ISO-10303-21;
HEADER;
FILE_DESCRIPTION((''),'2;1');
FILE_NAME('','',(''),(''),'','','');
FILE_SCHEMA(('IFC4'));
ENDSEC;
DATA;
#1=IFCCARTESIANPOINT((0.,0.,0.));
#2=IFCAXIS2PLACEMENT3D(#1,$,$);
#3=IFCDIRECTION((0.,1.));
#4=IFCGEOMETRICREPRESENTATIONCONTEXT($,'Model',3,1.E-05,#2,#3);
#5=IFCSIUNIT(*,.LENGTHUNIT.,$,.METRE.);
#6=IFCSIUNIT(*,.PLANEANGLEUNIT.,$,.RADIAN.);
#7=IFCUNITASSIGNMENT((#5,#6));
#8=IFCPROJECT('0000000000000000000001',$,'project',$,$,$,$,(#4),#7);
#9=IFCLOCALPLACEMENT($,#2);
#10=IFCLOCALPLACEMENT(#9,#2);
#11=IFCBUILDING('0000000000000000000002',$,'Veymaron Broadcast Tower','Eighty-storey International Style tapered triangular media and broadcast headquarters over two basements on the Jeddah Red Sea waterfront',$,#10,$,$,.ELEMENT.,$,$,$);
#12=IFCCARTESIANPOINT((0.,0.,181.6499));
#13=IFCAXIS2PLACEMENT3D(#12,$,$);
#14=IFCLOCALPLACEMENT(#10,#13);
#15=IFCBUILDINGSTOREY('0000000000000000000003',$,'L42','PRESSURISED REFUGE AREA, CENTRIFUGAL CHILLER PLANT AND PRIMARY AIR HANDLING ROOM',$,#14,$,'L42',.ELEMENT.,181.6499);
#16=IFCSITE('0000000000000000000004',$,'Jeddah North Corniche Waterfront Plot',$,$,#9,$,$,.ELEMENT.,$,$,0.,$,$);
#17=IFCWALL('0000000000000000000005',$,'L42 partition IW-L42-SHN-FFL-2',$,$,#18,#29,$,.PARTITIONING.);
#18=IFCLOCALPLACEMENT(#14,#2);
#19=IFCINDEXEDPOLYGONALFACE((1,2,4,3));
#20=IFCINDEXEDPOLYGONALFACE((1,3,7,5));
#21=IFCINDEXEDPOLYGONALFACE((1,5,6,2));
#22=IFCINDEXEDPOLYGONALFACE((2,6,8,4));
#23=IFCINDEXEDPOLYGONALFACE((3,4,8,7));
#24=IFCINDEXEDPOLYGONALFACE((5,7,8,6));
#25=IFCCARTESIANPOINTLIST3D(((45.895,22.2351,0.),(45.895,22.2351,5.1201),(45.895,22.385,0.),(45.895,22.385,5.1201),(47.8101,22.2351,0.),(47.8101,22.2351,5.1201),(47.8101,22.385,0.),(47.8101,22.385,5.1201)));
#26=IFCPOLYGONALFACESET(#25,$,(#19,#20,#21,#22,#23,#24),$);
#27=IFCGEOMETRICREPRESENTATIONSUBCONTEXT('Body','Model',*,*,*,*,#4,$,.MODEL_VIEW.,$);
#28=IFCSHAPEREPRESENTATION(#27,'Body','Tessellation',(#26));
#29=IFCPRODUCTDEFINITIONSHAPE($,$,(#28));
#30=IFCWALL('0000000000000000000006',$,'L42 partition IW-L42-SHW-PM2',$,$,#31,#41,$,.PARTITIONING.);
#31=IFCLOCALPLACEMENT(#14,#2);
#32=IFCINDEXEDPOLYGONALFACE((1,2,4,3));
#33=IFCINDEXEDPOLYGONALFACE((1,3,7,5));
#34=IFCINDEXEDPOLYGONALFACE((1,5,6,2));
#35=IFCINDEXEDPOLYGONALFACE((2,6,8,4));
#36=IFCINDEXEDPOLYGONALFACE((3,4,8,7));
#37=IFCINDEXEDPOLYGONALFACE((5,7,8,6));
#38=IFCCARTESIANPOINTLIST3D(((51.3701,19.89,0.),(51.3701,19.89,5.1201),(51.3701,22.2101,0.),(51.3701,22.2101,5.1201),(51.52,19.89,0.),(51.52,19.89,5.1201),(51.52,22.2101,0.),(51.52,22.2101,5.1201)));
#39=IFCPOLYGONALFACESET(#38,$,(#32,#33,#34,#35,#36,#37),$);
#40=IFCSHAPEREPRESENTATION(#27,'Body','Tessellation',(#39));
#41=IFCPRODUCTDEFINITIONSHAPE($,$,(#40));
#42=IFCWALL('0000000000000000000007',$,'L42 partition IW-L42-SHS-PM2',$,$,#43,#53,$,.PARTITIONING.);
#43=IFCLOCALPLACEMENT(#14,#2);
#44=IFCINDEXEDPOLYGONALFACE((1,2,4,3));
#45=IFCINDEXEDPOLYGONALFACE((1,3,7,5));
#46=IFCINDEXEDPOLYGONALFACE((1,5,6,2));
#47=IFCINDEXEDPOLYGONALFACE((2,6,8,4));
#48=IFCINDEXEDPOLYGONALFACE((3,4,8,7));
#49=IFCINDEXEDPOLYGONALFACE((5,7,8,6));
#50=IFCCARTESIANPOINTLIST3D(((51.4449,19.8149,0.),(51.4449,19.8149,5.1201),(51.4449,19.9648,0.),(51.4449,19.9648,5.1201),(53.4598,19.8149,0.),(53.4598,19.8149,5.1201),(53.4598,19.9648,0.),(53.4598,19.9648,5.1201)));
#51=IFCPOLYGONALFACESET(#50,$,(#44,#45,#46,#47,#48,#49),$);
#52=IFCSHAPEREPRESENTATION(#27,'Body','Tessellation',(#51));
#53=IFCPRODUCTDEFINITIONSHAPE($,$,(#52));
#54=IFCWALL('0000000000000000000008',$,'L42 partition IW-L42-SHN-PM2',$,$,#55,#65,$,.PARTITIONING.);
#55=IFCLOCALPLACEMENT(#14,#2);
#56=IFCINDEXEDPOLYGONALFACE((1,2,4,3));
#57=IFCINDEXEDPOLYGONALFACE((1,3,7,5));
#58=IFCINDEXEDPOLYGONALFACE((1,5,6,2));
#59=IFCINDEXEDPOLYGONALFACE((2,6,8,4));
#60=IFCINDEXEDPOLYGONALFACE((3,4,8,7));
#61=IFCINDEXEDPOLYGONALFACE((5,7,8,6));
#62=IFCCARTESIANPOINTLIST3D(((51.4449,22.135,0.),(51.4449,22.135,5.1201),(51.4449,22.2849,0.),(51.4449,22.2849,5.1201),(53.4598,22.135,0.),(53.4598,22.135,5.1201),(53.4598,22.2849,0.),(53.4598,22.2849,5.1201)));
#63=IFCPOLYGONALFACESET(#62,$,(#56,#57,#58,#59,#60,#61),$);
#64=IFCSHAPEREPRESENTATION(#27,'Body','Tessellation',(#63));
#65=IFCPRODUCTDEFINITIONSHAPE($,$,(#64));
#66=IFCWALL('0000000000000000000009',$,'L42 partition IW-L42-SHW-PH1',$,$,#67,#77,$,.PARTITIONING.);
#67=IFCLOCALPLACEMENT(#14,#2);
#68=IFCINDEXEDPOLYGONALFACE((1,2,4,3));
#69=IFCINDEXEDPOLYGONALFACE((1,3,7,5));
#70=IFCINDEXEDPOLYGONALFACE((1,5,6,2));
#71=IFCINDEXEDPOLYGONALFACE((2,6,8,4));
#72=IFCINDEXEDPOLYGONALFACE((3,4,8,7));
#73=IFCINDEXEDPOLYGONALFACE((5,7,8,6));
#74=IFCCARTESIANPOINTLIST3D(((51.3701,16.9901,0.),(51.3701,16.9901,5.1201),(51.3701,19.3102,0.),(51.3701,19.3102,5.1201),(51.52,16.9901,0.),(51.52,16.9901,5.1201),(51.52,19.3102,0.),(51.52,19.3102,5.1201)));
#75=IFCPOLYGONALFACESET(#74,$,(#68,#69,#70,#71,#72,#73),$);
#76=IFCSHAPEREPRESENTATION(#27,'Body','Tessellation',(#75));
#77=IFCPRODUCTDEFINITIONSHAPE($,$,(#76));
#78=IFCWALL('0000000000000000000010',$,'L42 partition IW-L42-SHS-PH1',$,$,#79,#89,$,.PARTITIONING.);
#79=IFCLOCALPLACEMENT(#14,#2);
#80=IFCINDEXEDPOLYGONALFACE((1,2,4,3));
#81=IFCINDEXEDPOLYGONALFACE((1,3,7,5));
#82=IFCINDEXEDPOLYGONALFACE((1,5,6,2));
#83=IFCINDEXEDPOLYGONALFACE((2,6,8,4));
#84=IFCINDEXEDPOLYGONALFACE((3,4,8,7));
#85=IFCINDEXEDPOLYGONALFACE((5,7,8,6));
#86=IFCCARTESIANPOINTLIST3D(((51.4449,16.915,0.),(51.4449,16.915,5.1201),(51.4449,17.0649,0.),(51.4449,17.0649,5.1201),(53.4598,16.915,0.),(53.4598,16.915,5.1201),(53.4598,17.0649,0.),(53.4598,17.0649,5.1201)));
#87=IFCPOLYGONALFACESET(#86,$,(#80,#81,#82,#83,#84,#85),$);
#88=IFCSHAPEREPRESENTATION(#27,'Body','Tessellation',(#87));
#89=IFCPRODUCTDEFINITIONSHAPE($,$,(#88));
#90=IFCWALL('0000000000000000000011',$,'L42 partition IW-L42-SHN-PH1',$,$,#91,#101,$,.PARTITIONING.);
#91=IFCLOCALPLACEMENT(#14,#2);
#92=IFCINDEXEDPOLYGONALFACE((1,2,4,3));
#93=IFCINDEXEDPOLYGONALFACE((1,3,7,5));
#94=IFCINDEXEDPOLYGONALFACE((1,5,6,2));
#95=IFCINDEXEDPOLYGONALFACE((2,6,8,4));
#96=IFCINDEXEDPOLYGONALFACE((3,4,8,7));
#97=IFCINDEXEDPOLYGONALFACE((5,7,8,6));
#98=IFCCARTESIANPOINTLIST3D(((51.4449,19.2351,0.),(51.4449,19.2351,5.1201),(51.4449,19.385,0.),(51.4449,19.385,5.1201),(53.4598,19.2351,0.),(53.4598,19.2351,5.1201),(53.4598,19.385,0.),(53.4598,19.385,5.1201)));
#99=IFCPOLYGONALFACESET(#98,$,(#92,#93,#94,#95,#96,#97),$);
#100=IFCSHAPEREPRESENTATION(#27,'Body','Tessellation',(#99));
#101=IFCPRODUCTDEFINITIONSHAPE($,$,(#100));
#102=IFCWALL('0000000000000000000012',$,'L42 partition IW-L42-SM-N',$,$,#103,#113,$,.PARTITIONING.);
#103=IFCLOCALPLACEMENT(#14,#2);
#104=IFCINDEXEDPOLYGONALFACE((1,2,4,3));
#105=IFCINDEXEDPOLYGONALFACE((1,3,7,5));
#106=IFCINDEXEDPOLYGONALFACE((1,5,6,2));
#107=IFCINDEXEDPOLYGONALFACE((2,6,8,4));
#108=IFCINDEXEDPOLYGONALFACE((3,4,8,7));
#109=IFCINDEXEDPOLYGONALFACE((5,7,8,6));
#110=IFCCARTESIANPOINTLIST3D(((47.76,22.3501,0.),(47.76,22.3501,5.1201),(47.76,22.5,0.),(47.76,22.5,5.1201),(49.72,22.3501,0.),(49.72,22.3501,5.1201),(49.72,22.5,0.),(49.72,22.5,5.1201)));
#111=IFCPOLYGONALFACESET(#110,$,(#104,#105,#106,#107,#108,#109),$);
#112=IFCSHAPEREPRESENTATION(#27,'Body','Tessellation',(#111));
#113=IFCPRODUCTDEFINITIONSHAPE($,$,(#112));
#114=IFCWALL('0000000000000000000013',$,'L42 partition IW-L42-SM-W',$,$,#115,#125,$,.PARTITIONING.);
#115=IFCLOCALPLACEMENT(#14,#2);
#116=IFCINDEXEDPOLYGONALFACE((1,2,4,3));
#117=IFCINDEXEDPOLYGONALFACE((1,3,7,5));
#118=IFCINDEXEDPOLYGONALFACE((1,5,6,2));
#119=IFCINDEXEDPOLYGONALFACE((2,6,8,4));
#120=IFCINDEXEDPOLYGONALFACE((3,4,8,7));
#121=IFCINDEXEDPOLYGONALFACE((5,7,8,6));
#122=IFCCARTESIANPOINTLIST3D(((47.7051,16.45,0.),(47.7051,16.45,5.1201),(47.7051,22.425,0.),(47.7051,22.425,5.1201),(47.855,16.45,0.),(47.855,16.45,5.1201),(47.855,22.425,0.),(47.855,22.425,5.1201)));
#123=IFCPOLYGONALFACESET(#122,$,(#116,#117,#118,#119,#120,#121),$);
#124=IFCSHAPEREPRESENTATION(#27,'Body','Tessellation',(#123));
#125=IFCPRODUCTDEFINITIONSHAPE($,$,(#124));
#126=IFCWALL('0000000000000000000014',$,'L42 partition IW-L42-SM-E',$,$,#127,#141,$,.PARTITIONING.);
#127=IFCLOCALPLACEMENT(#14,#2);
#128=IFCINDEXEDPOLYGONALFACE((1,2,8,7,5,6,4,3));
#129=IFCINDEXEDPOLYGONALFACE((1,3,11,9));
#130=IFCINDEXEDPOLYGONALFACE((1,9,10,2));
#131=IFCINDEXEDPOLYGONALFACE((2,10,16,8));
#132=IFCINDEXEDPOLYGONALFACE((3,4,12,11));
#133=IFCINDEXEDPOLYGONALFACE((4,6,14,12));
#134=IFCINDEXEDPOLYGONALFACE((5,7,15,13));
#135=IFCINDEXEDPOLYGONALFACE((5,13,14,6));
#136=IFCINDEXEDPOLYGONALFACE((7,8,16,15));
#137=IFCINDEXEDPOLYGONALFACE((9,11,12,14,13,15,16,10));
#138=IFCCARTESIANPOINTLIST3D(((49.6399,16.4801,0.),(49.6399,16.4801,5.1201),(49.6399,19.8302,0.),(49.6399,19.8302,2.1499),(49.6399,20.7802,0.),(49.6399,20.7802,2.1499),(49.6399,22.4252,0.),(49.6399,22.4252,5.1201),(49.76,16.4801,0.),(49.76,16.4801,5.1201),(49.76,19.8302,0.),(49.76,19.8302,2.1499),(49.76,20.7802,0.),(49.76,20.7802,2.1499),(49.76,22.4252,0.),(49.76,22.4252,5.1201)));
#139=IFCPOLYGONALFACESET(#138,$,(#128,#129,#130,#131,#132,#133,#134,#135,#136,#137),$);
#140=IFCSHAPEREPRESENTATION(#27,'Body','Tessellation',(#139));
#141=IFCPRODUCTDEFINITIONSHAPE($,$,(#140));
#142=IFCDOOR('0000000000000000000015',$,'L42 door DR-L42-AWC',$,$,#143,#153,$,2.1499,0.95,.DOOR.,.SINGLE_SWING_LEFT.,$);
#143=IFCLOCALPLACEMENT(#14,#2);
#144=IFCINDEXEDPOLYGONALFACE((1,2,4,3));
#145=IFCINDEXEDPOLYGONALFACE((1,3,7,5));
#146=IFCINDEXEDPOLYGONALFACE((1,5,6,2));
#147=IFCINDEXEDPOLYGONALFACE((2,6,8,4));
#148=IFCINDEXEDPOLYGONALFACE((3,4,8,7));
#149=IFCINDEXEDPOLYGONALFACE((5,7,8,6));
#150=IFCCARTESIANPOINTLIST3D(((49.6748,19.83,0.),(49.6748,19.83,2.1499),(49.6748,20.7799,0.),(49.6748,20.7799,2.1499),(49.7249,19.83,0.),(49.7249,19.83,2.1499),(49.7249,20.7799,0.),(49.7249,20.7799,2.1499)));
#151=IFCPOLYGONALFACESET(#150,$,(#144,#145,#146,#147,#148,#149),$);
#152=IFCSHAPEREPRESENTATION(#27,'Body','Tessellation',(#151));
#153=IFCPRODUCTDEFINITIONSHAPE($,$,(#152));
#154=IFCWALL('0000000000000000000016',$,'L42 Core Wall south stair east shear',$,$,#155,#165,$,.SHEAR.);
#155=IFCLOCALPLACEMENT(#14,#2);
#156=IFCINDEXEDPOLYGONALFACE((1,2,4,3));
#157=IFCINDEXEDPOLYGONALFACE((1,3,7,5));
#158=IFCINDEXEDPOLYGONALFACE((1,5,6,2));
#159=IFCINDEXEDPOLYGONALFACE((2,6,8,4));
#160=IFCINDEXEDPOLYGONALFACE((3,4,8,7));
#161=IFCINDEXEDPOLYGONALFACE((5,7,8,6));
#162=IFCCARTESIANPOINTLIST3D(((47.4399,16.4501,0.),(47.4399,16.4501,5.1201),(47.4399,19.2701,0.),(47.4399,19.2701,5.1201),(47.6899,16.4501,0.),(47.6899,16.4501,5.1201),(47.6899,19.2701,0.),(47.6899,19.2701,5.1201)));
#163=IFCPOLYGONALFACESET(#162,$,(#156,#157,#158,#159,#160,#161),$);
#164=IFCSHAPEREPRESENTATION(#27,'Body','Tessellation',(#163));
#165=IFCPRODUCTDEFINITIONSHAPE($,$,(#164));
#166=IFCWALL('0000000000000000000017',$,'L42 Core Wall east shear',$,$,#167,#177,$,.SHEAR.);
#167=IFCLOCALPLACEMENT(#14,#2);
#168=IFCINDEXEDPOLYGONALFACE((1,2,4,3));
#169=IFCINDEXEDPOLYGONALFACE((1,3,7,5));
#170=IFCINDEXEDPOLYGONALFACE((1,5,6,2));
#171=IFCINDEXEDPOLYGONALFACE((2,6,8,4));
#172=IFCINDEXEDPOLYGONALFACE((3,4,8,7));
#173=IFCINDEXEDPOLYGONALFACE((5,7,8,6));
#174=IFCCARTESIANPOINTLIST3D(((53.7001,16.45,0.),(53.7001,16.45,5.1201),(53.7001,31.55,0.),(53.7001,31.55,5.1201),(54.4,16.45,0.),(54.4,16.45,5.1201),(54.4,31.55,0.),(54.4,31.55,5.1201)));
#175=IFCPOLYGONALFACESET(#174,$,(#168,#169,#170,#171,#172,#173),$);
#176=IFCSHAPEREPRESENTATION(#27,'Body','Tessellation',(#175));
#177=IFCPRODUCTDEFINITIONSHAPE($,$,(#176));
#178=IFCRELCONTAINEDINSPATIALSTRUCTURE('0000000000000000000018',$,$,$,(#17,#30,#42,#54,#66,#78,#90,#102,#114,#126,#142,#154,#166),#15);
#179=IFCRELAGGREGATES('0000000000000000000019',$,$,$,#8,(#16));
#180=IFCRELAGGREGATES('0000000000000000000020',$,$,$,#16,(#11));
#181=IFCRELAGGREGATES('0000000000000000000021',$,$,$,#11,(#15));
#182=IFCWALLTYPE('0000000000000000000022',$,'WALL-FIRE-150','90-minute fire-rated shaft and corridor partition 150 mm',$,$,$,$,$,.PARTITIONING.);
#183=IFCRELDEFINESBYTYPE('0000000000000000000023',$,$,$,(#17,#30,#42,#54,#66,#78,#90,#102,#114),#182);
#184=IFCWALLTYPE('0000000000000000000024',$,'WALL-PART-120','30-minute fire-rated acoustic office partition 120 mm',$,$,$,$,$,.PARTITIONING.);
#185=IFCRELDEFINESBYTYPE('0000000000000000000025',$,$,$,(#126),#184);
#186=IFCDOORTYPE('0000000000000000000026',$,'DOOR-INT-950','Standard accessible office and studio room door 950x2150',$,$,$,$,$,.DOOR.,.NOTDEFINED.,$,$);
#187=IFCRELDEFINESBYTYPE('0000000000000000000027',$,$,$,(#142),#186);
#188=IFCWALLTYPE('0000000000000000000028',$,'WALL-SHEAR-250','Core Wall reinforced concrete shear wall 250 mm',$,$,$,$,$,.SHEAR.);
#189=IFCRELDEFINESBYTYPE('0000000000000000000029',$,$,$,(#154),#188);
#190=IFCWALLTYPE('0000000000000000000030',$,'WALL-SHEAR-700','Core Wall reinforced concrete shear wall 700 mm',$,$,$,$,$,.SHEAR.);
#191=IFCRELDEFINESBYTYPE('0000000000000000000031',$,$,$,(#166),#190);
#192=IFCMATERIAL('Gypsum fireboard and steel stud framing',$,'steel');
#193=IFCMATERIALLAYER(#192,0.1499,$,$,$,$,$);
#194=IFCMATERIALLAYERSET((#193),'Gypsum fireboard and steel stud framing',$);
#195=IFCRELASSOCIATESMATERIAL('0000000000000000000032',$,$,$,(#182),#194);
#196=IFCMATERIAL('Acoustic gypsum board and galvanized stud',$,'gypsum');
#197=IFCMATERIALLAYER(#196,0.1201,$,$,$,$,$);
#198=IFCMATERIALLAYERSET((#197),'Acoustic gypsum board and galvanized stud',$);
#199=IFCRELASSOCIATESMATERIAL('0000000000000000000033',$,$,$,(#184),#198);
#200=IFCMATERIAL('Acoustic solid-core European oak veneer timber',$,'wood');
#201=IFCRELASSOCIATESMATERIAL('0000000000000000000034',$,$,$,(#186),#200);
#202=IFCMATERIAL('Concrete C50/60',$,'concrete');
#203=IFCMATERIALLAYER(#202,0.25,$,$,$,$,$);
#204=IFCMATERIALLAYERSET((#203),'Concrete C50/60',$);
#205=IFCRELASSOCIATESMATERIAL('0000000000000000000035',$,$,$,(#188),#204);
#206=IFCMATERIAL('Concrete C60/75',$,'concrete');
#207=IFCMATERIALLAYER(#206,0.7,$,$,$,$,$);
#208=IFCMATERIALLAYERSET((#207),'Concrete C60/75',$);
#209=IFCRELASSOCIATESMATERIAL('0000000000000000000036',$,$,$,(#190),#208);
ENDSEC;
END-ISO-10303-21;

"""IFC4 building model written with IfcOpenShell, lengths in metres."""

from ifc_helpers import new_model, si_unit, direction, frame, frame_2d, origin, place, context, subcontext, project, spatial, rectangle, extrude, material, layer, layer_set, type_object, element, fill, save


model = new_model("IFC4")

# Units and contexts
model_context = context("Model", 3, precision=1e-05, world=origin(), true_north=direction((0.0, 1.0)))
body_context = subcontext(model_context, "Body", "Model", "MODEL_VIEW")
ifc_project = project(units=[si_unit("LENGTHUNIT", "METRE"), si_unit("PLANEANGLEUNIT", "RADIAN")], contexts=[model_context])

# Site, building, storey
site_placement = place(None, origin())
site = spatial("IfcSite", under=ifc_project, at=site_placement, Name="Jeddah North Corniche Waterfront Plot", CompositionType="ELEMENT", RefElevation=0.0)
building_placement = place(site_placement, origin())
building = spatial("IfcBuilding", under=site, at=building_placement, Name="Veymaron Broadcast Tower", Description="Eighty-storey International Style tapered triangular media and broadcast headquarters over two basements on the Jeddah Red Sea waterfront", CompositionType="ELEMENT")
storey_placement = place(building_placement, frame((0.0, 0.0, 181.6499)))
storey = spatial("IfcBuildingStorey", under=building, at=storey_placement, Name="L42", Description="PRESSURISED REFUGE AREA, CENTRIFUGAL CHILLER PLANT AND PRIMARY AIR HANDLING ROOM", LongName="L42", CompositionType="ELEMENT", Elevation=181.6499)

# Shared definitions
ifc_material_1 = material(Name="Gypsum fireboard and steel stud framing", Category="steel")
ifc_layer_1 = layer(ifc_material_1, 0.1499)
ifc_layer_set_1 = layer_set([ifc_layer_1], Name="Gypsum fireboard and steel stud framing")
wall_type_1 = type_object("IfcWallType", Name="WALL-FIRE-150", Description="90-minute fire-rated shaft and corridor partition 150 mm", PredefinedType="PARTITIONING", material=ifc_layer_set_1)

# Walls
wall_1_placement = place(storey_placement, frame((45.895, 22.3101, 0.0), z_axis=(0.0, 0.0, 1.0), x_axis=(1.0, 0.0, 0.0)))
element("IfcWall", 1, at=wall_1_placement, inside=storey, type_object=wall_type_1, Name="L42 partition IW-L42-SHN-FFL-2", PredefinedType="PARTITIONING", context=body_context, shape_type="SweptSolid", body=[
    extrude(rectangle(XDim=1.915, YDim=0.1499, at=frame_2d((0.9575, 0.0))), origin(), (0.0, 0.0, 1.0), 5.1201),
])
wall_2_placement = place(storey_placement, frame((51.4451, 19.8899, 0.0), z_axis=(0.0, 0.0, 1.0), x_axis=(0.0, 1.0, 0.0)))
element("IfcWall", 2, at=wall_2_placement, inside=storey, type_object=wall_type_1, Name="L42 partition IW-L42-SHW-PM2", PredefinedType="PARTITIONING", context=body_context, shape_type="SweptSolid", body=[
    extrude(rectangle(XDim=2.3201, YDim=0.1499, at=frame_2d((1.1602, 0.0))), origin(), (0.0, 0.0, 1.0), 5.1201),
])
for number, where, z_axis, x_axis, name in (
    (3, (51.4451, 19.8899, 0.0), (0.0, 0.0, 1.0), (1.0, 0.0, 0.0), "L42 partition IW-L42-SHS-PM2"),
    (4, (51.4451, 22.21, 0.0), (0.0, 0.0, 1.0), (1.0, 0.0, 0.0), "L42 partition IW-L42-SHN-PM2"),
):
    element("IfcWall", number, at=place(storey_placement, frame(where, z_axis=z_axis, x_axis=x_axis)), inside=storey, type_object=wall_type_1, Name=name, PredefinedType="PARTITIONING", context=body_context, shape_type="SweptSolid", body=[
        extrude(rectangle(XDim=2.0149, YDim=0.1499, at=frame_2d((1.0073, 0.0))), origin(), (0.0, 0.0, 1.0), 5.1201),
    ])
wall_3_placement = place(storey_placement, frame((51.4451, 16.99, 0.0), z_axis=(0.0, 0.0, 1.0), x_axis=(0.0, 1.0, 0.0)))
element("IfcWall", 5, at=wall_3_placement, inside=storey, type_object=wall_type_1, Name="L42 partition IW-L42-SHW-PH1", PredefinedType="PARTITIONING", context=body_context, shape_type="SweptSolid", body=[
    extrude(rectangle(XDim=2.3201, YDim=0.1499, at=frame_2d((1.1602, 0.0))), origin(), (0.0, 0.0, 1.0), 5.1201),
])
for number, where, z_axis, x_axis, name in (
    (6, (51.4451, 16.99, 0.0), (0.0, 0.0, 1.0), (1.0, 0.0, 0.0), "L42 partition IW-L42-SHS-PH1"),
    (7, (51.4451, 19.3101, 0.0), (0.0, 0.0, 1.0), (1.0, 0.0, 0.0), "L42 partition IW-L42-SHN-PH1"),
):
    element("IfcWall", number, at=place(storey_placement, frame(where, z_axis=z_axis, x_axis=x_axis)), inside=storey, type_object=wall_type_1, Name=name, PredefinedType="PARTITIONING", context=body_context, shape_type="SweptSolid", body=[
        extrude(rectangle(XDim=2.0149, YDim=0.1499, at=frame_2d((1.0073, 0.0))), origin(), (0.0, 0.0, 1.0), 5.1201),
    ])

# Walls
wall_4_placement = place(storey_placement, frame((47.76, 22.425, 0.0), z_axis=(0.0, 0.0, 1.0), x_axis=(1.0, 0.0, 0.0)))
element("IfcWall", 8, at=wall_4_placement, inside=storey, type_object=wall_type_1, Name="L42 partition IW-L42-SM-N", PredefinedType="PARTITIONING", context=body_context, shape_type="SweptSolid", body=[
    extrude(rectangle(XDim=1.96, YDim=0.1499, at=frame_2d((0.98, 0.0))), origin(), (0.0, 0.0, 1.0), 5.1201),
])
wall_5_placement = place(storey_placement, frame((47.78, 16.45, 0.0), z_axis=(0.0, 0.0, 1.0), x_axis=(0.0, 1.0, 0.0)))
element("IfcWall", 9, at=wall_5_placement, inside=storey, type_object=wall_type_1, Name="L42 partition IW-L42-SM-W", PredefinedType="PARTITIONING", context=body_context, shape_type="SweptSolid", body=[
    extrude(rectangle(XDim=5.9751, YDim=0.1499, at=frame_2d((2.9875, 0.0))), origin(), (0.0, 0.0, 1.0), 5.1201),
])

# Wall, opening, door
ifc_material_2 = material(Name="Acoustic gypsum board and galvanized stud", Category="gypsum")
ifc_layer_2 = layer(ifc_material_2, 0.1201)
ifc_layer_set_2 = layer_set([ifc_layer_2], Name="Acoustic gypsum board and galvanized stud")
wall_type_2 = type_object("IfcWallType", Name="WALL-PART-120", Description="30-minute fire-rated acoustic office partition 120 mm", PredefinedType="PARTITIONING", material=ifc_layer_set_2)
wall_6_placement = place(storey_placement, frame((49.7, 16.48, 0.0), z_axis=(0.0, 0.0, 1.0), x_axis=(0.0, 1.0, 0.0)))
wall_6 = element("IfcWall", 10, at=wall_6_placement, inside=storey, type_object=wall_type_2, Name="L42 partition IW-L42-SM-E", PredefinedType="PARTITIONING", context=body_context, shape_type="SweptSolid", body=[
    extrude(rectangle(XDim=5.9451, YDim=0.1201, at=frame_2d((2.9727, 0.0))), origin(), (0.0, 0.0, 1.0), 5.1201),
])
opening_1_placement = place(wall_6_placement, frame((3.3501, 0.0, 0.0)))
opening_1 = element("IfcOpeningElement", 11, at=opening_1_placement, cuts=wall_6, PredefinedType="OPENING", context=body_context, shape_type="SweptSolid", body=[
    extrude(rectangle(XDim=0.95, YDim=2.1499, at=frame_2d((0.4751, 1.075))), frame((0.0, 0.0701, 0.0), z_axis=(0.0, -1.0, 0.0), x_axis=(1.0, 0.0, 0.0)), (0.0, 0.0, 1.0), 0.1401),
])
ifc_material_3 = material(Name="Acoustic solid-core European oak veneer timber", Category="wood")
door_type_1 = type_object("IfcDoorType", Name="DOOR-INT-950", Description="Standard accessible office and studio room door 950x2150", OperationType="NOTDEFINED", PredefinedType="DOOR", material=ifc_material_3)
door_1_placement = place(opening_1_placement, frame((0.95, 0.0, 0.0), z_axis=(0.0, 0.0, 1.0), x_axis=(-1.0, 0.0, 0.0)))
door_1 = element("IfcDoor", 12, at=door_1_placement, inside=storey, type_object=door_type_1, Name="L42 door DR-L42-AWC", OperationType="SINGLE_SWING_LEFT", OverallHeight=2.1499, OverallWidth=0.95, PredefinedType="DOOR", context=body_context, shape_type="SweptSolid", body=[
    extrude(rectangle(XDim=0.95, YDim=2.1499, at=frame_2d((0.4751, 1.075))), frame((0.0, 0.0249, 0.0), z_axis=(0.0, -1.0, 0.0), x_axis=(1.0, 0.0, 0.0)), (0.0, 0.0, 1.0), 0.05),
])
fill(opening_1, door_1)

# Walls
ifc_material_4 = material(Name="Concrete C50/60", Category="concrete")
ifc_layer_3 = layer(ifc_material_4, 0.25)
ifc_layer_set_3 = layer_set([ifc_layer_3], Name="Concrete C50/60")
wall_type_3 = type_object("IfcWallType", Name="WALL-SHEAR-250", Description="Core Wall reinforced concrete shear wall 250 mm", PredefinedType="SHEAR", material=ifc_layer_set_3)
wall_7_placement = place(storey_placement, frame((47.5649, 16.45, 0.0), z_axis=(0.0, 0.0, 1.0), x_axis=(0.0, 1.0, 0.0)))
element("IfcWall", 13, at=wall_7_placement, inside=storey, type_object=wall_type_3, Name="L42 Core Wall south stair east shear", PredefinedType="SHEAR", context=body_context, shape_type="SweptSolid", body=[
    extrude(rectangle(XDim=2.8201, YDim=0.25, at=frame_2d((1.4102, 0.0))), origin(), (0.0, 0.0, 1.0), 5.1201),
])
ifc_material_5 = material(Name="Concrete C60/75", Category="concrete")
ifc_layer_4 = layer(ifc_material_5, 0.7)
ifc_layer_set_4 = layer_set([ifc_layer_4], Name="Concrete C60/75")
wall_type_4 = type_object("IfcWallType", Name="WALL-SHEAR-700", Description="Core Wall reinforced concrete shear wall 700 mm", PredefinedType="SHEAR", material=ifc_layer_set_4)
wall_8_placement = place(storey_placement, frame((54.05, 16.45, 0.0), z_axis=(0.0, 0.0, 1.0), x_axis=(0.0, 1.0, 0.0)))
element("IfcWall", 14, at=wall_8_placement, inside=storey, type_object=wall_type_4, Name="L42 Core Wall east shear", PredefinedType="SHEAR", context=body_context, shape_type="SweptSolid", body=[
    extrude(rectangle(XDim=15.1001, YDim=0.7, at=frame_2d((7.55, 0.0))), origin(), (0.0, 0.0, 1.0), 5.1201),
])

save(model, "model.ifc")
